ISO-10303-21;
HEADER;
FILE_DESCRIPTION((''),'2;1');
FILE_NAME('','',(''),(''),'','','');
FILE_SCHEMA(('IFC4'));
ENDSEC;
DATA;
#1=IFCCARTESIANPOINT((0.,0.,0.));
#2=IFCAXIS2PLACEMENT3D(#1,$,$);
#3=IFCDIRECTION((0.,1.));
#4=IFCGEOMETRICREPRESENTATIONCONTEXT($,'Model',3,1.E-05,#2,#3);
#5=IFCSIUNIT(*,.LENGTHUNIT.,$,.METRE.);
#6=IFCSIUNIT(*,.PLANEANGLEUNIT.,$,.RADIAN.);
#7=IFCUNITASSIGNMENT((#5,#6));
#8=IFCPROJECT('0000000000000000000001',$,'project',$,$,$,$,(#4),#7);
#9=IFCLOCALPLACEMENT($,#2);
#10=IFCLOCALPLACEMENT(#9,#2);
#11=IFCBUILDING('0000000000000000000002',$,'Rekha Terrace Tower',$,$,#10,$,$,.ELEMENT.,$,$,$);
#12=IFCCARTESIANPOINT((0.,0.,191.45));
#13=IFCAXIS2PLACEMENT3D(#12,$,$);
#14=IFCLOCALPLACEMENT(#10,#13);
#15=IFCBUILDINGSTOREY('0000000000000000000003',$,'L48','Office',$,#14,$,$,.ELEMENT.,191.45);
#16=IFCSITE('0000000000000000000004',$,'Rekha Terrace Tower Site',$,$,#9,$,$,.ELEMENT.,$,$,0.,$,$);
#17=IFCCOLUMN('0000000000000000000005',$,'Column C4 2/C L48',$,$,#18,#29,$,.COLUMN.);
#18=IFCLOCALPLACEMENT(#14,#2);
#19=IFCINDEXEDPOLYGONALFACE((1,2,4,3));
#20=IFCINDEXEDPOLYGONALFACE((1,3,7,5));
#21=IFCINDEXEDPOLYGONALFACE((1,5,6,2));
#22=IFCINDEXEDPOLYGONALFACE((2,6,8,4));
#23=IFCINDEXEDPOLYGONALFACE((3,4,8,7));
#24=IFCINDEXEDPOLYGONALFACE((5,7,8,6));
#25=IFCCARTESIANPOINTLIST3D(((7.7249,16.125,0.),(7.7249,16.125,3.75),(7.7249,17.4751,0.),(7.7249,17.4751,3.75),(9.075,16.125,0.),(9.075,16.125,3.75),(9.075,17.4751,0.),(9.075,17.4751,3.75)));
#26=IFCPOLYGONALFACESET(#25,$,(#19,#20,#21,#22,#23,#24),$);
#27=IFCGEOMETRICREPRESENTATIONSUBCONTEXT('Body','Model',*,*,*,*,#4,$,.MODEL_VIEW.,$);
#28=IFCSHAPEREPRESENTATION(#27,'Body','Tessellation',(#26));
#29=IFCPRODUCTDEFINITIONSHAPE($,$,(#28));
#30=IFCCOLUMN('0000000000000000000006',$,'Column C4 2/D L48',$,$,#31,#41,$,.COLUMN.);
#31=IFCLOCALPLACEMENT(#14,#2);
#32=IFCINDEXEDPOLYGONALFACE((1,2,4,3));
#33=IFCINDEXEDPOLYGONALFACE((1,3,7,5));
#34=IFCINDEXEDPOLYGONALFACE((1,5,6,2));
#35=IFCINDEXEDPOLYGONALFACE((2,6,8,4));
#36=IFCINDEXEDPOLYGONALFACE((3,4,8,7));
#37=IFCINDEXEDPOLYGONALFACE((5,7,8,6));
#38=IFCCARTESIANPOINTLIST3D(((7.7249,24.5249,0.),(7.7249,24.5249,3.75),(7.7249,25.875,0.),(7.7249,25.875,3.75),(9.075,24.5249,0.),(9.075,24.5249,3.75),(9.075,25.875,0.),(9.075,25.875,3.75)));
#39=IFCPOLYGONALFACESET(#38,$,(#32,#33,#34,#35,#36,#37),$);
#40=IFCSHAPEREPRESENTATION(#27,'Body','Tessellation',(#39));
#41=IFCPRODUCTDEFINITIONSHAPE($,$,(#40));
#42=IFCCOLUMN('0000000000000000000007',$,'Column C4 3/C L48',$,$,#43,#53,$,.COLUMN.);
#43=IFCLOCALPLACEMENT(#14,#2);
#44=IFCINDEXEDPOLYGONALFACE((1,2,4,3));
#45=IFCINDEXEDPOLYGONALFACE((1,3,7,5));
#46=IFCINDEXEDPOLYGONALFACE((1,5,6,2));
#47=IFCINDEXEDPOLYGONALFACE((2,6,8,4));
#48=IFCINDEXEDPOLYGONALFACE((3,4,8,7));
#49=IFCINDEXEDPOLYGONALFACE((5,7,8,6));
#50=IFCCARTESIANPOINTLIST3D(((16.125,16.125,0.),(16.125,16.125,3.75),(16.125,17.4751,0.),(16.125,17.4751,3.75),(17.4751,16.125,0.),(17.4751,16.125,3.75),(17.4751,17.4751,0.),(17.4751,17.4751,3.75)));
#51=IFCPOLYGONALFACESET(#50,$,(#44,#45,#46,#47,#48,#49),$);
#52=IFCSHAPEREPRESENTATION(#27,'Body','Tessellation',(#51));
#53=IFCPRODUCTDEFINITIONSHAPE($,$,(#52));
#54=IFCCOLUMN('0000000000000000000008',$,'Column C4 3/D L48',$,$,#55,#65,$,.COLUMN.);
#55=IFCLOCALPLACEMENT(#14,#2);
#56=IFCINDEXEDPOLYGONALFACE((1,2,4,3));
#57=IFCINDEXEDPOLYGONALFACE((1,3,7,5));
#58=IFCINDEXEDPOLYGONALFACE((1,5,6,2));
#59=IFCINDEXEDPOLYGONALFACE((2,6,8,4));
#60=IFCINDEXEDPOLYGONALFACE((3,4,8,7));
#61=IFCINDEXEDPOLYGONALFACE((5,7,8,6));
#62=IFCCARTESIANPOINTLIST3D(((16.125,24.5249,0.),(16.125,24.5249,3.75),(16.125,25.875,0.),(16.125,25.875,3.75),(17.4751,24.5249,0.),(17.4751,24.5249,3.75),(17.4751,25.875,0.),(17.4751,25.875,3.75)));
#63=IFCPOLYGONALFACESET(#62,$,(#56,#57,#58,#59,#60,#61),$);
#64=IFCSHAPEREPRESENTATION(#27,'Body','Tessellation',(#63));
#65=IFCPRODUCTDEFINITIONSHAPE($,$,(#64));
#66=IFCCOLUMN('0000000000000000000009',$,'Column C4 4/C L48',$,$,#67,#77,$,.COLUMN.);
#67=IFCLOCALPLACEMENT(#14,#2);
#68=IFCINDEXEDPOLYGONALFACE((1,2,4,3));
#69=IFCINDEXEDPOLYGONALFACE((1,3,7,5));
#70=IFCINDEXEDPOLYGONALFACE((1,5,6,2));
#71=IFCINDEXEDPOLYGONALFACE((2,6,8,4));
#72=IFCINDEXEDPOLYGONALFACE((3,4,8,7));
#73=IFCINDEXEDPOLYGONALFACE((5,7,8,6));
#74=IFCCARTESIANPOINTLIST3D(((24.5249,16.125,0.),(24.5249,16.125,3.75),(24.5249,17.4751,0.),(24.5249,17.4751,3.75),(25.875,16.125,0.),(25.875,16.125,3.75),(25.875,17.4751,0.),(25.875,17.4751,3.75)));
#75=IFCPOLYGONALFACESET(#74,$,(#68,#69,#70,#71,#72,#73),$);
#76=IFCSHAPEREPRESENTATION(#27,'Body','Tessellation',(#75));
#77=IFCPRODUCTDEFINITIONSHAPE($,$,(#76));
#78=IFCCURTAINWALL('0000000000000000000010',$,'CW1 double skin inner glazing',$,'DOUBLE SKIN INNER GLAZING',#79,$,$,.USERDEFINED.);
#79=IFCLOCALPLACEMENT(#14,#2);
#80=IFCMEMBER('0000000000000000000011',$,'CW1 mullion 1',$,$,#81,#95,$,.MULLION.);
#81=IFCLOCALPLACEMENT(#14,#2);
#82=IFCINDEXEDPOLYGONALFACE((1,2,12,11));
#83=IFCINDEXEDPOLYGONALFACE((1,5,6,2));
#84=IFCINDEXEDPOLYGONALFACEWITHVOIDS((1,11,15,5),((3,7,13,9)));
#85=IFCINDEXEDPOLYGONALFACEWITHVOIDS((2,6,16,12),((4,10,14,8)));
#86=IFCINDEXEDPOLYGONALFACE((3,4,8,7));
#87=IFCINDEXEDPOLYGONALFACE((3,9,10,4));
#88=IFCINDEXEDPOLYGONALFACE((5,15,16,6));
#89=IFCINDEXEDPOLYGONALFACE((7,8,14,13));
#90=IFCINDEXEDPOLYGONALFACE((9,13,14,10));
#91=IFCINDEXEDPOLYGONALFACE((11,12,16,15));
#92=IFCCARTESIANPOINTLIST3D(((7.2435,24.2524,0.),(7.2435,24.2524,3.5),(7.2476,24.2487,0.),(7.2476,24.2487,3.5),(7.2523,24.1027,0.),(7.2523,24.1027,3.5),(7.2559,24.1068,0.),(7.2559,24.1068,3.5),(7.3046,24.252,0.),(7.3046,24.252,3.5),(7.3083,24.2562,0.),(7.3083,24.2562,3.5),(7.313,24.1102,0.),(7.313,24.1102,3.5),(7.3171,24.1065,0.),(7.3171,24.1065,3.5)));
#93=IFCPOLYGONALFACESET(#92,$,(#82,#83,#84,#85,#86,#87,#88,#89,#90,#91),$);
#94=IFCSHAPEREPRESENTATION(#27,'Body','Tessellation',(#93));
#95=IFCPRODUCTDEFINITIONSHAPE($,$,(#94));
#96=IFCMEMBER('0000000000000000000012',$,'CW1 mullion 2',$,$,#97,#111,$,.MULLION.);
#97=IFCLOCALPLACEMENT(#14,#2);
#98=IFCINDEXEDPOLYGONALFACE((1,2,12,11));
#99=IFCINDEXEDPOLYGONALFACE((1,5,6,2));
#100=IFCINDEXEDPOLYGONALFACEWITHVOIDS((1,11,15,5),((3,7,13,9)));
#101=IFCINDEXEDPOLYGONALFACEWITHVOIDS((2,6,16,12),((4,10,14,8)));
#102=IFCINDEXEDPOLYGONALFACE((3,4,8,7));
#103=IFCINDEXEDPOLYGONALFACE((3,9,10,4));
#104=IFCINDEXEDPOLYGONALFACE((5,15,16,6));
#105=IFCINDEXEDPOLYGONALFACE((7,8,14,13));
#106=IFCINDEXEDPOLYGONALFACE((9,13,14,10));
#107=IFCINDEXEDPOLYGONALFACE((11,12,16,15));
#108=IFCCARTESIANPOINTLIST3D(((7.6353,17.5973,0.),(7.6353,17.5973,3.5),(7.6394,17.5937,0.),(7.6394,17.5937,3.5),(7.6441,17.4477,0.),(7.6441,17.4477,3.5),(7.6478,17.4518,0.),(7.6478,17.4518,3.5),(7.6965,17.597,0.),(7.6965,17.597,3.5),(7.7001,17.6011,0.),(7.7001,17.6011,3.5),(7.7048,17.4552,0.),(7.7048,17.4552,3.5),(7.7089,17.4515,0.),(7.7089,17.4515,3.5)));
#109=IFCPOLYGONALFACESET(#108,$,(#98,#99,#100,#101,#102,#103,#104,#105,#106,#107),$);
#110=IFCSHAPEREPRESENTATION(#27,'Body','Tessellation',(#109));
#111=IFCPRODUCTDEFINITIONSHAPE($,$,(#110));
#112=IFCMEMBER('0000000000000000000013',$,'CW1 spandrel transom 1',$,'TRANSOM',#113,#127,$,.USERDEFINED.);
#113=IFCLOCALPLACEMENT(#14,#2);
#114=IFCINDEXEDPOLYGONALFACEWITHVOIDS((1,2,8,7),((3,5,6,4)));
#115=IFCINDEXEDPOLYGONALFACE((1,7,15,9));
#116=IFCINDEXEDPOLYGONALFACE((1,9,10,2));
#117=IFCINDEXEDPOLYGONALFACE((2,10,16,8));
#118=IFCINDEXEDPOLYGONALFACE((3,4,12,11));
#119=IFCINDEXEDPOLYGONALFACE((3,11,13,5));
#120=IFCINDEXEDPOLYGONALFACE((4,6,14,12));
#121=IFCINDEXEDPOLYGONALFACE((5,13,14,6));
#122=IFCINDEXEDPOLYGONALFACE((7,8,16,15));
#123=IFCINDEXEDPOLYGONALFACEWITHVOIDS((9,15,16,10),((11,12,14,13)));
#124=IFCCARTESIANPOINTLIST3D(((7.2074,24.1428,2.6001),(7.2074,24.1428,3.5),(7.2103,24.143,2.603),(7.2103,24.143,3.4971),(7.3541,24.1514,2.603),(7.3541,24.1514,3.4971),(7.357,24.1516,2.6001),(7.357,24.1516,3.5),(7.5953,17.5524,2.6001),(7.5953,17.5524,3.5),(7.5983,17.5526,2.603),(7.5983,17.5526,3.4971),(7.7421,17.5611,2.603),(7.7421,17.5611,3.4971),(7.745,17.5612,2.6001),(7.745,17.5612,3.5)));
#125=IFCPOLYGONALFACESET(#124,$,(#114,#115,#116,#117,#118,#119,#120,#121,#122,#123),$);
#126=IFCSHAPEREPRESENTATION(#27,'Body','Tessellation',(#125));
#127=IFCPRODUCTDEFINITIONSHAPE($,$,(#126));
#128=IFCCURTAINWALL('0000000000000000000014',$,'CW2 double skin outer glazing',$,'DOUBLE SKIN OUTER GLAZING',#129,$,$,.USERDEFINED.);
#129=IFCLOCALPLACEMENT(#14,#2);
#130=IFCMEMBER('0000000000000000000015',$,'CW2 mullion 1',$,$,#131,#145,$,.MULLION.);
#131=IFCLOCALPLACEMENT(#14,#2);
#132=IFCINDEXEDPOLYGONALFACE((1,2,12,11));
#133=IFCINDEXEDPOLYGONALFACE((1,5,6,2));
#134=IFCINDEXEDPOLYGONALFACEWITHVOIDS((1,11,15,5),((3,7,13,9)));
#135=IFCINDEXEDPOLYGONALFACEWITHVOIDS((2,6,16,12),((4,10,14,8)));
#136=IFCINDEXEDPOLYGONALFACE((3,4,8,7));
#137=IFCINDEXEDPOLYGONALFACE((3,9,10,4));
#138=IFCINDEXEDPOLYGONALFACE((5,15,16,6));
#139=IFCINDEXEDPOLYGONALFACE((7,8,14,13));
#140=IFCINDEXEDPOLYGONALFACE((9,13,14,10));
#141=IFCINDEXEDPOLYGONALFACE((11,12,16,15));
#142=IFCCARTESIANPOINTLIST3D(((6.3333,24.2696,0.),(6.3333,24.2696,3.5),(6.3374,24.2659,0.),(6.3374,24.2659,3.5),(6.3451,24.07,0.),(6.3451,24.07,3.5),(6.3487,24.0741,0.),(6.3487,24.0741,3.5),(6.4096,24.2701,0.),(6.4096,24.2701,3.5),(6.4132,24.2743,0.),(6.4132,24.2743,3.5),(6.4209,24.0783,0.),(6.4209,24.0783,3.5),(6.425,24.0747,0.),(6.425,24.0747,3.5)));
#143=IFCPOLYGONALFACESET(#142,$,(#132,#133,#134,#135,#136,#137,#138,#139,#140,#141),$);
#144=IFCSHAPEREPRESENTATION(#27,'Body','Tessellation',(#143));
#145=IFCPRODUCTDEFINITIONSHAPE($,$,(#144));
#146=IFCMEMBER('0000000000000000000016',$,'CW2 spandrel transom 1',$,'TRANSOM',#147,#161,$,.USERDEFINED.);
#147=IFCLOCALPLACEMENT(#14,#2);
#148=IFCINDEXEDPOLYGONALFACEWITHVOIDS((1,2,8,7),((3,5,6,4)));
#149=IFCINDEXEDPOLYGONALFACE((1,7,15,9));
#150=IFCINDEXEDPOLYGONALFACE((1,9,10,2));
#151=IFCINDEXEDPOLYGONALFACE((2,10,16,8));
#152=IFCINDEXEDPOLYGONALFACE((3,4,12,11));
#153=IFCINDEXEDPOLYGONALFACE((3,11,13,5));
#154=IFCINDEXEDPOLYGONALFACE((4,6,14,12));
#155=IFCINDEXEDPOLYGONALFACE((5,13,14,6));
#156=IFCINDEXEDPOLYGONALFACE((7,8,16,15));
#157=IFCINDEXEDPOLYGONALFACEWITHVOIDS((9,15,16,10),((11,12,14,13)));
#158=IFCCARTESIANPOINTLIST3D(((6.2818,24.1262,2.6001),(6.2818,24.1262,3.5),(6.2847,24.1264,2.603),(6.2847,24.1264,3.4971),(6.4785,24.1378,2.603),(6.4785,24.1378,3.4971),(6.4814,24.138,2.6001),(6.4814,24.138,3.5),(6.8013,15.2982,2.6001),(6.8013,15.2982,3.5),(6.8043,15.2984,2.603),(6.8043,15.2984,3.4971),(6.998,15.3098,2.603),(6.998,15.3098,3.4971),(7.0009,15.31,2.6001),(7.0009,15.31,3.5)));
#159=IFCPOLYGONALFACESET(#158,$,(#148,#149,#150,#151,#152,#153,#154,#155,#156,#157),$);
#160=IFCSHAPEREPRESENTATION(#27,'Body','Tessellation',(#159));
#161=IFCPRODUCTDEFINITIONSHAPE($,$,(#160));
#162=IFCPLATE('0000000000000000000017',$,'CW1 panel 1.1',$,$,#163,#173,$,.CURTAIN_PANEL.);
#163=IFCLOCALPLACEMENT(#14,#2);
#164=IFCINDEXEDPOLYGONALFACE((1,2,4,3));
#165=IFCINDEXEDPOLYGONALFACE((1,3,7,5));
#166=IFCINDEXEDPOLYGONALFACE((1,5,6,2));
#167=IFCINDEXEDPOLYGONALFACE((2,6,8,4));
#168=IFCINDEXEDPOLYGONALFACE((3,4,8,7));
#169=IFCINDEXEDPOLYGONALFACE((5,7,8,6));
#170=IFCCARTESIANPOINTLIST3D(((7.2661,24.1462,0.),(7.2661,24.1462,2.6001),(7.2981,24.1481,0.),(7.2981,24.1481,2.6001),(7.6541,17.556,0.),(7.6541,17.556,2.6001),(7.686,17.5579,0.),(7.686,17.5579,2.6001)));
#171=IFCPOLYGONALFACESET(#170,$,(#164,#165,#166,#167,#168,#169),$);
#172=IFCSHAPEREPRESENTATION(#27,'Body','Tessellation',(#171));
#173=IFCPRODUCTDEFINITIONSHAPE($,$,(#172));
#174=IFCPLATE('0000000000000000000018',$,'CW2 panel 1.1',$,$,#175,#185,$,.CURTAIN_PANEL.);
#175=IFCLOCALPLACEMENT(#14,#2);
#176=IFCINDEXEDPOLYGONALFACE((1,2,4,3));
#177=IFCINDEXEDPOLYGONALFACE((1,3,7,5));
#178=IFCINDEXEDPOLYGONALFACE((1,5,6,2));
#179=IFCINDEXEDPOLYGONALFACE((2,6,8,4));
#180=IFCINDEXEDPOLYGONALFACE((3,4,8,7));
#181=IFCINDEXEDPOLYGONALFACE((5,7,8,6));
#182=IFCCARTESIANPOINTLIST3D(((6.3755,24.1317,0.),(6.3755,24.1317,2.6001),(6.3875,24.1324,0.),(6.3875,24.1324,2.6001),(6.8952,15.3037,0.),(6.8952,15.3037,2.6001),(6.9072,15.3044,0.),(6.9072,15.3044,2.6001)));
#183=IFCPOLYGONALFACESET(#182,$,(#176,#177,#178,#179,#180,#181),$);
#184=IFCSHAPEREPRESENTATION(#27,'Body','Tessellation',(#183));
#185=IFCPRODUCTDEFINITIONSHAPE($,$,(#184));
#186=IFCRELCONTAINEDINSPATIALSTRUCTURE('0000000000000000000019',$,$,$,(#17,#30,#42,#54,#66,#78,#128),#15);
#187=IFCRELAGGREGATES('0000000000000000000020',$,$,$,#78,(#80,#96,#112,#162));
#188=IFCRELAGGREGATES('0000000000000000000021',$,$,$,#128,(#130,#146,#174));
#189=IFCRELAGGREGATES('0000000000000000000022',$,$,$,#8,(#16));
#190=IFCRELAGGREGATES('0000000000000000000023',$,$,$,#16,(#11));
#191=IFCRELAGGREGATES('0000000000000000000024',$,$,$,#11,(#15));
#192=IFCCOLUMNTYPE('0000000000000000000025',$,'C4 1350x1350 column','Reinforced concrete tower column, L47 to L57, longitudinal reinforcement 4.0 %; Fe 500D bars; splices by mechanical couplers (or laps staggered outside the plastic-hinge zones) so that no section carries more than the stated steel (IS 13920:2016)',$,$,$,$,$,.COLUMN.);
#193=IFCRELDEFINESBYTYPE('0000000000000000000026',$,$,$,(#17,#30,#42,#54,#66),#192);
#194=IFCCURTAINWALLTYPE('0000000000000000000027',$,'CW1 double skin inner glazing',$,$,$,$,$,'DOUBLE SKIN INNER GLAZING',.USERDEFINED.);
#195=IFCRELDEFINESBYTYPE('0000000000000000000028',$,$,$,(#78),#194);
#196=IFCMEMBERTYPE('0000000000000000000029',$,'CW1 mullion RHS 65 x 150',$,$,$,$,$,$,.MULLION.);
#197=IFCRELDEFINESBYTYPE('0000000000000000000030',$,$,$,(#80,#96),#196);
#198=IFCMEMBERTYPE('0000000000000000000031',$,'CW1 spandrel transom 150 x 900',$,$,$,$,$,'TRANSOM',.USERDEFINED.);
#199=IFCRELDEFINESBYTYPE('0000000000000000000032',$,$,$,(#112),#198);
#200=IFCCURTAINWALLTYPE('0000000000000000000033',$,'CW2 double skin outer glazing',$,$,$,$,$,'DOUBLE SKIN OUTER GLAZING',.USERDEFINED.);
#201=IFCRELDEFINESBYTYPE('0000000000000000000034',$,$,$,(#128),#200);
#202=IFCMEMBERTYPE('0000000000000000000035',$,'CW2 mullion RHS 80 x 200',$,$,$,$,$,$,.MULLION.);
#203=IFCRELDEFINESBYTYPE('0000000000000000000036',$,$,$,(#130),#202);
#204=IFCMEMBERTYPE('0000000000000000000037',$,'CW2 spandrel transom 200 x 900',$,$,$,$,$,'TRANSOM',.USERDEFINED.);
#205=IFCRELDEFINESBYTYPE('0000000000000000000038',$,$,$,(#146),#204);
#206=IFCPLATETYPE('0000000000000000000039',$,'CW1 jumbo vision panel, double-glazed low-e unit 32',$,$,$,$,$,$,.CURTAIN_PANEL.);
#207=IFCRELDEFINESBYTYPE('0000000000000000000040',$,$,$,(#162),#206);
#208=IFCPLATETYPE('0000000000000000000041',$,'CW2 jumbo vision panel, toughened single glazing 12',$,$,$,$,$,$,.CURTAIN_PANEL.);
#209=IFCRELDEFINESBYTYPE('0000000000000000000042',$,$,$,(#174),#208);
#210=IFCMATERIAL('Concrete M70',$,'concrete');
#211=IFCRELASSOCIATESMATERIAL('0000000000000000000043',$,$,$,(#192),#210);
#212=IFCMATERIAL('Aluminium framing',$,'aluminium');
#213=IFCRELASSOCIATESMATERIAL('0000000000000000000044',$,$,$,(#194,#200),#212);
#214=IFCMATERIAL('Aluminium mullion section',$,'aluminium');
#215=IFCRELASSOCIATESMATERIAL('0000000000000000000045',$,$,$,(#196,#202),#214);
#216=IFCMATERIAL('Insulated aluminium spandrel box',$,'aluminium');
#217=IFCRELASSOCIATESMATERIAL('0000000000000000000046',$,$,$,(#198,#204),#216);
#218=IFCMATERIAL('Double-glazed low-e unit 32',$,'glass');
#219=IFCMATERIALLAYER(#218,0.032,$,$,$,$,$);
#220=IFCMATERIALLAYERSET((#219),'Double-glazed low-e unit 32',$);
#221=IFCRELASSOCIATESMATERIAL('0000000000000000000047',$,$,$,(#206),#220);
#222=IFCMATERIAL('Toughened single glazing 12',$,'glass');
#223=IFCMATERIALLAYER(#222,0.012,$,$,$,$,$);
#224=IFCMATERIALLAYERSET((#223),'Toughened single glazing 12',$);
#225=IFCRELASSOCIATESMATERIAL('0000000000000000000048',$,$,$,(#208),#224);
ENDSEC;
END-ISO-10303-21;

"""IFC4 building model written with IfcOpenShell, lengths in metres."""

from ifc_helpers import new_model, si_unit, direction, frame, origin, origin_2d, place, context, subcontext, project, spatial, rectangle, hollow_rectangle, extrude, material, layer, layer_set, material_profile, profile_set, type_object, element, aggregate, save


model = new_model("IFC4")

# Units and contexts
model_context = context("Model", 3, precision=1e-05, world=origin(), true_north=direction((0.0, 1.0)))
body_context = subcontext(model_context, "Body", "Model", "MODEL_VIEW")
ifc_project = project(units=[si_unit("LENGTHUNIT", "METRE"), si_unit("PLANEANGLEUNIT", "RADIAN")], contexts=[model_context])

# Site, building, storey
site_placement = place(None, origin())
site = spatial("IfcSite", under=ifc_project, at=site_placement, Name="Rekha Terrace Tower Site", CompositionType="ELEMENT", RefElevation=0.0)
building_placement = place(site_placement, origin())
building = spatial("IfcBuilding", under=site, at=building_placement, Name="Rekha Terrace Tower", CompositionType="ELEMENT")
storey_placement = place(building_placement, frame((0.0, 0.0, 191.45)))
storey = spatial("IfcBuildingStorey", under=building, at=storey_placement, Name="L48", Description="Office", CompositionType="ELEMENT", Elevation=191.45)

# Columns
ifc_material_1 = material(Name="Concrete M70", Category="concrete")
ifc_material_profile_1 = material_profile(ifc_material_1, rectangle(XDim=1.3501, YDim=1.3501, at=origin_2d()), Name="RC 1350x1350")
ifc_profile_set_1 = profile_set([ifc_material_profile_1], Name="Concrete M70")
column_type = type_object("IfcColumnType", Name="C4 1350x1350 column", Description="Reinforced concrete tower column, L47 to L57, longitudinal reinforcement 4.0 %; Fe 500D bars; splices by mechanical couplers (or laps staggered outside the plastic-hinge zones) so that no section carries more than the stated steel (IS 13920:2016)", PredefinedType="COLUMN", material=ifc_profile_set_1)
for number, where, z_axis, x_axis, name in (
    (1, (8.3999, 16.8, 0.0), (0.0, 0.0, 1.0), (1.0, 0.0, 0.0), "Column C4 2/C L48"),
    (2, (8.3999, 25.2, 0.0), (0.0, 0.0, 1.0), (1.0, 0.0, 0.0), "Column C4 2/D L48"),
    (3, (16.8, 16.8, 0.0), (0.0, 0.0, 1.0), (1.0, 0.0, 0.0), "Column C4 3/C L48"),
    (4, (16.8, 25.2, 0.0), (0.0, 0.0, 1.0), (1.0, 0.0, 0.0), "Column C4 3/D L48"),
    (5, (25.2, 16.8, 0.0), (0.0, 0.0, 1.0), (1.0, 0.0, 0.0), "Column C4 4/C L48"),
):
    element("IfcColumn", number, at=place(storey_placement, frame(where, z_axis=z_axis, x_axis=x_axis)), inside=storey, type_object=column_type, Name=name, PredefinedType="COLUMN", context=body_context, shape_type="SweptSolid", body=[
        extrude(rectangle(XDim=1.3501, YDim=1.3501, at=origin_2d()), origin(), (0.0, 0.0, 1.0), 3.75),
    ])

# Curtain walls, members
ifc_material_2 = material(Name="Aluminium framing", Category="aluminium")
curtain_wall_type_1 = type_object("IfcCurtainWallType", Name="CW1 double skin inner glazing", ElementType="DOUBLE SKIN INNER GLAZING", PredefinedType="USERDEFINED", material=ifc_material_2)
curtain_wall_1_placement = place(storey_placement, origin())
curtain_wall_1 = element("IfcCurtainWall", 6, at=curtain_wall_1_placement, inside=storey, type_object=curtain_wall_type_1, Name="CW1 double skin inner glazing", ObjectType="DOUBLE SKIN INNER GLAZING", PredefinedType="USERDEFINED")
ifc_material_3 = material(Name="Aluminium mullion section", Category="aluminium")
ifc_material_profile_2 = material_profile(ifc_material_3, hollow_rectangle(XDim=0.0649, YDim=0.1499, WallThickness=0.0039, at=origin_2d()), Name="AL RHS 65x150")
ifc_profile_set_2 = profile_set([ifc_material_profile_2], Name="Aluminium mullion section")
member_type_1 = type_object("IfcMemberType", Name="CW1 mullion RHS 65 x 150", PredefinedType="MULLION", material=ifc_profile_set_2)
member_1_placement = place(storey_placement, frame((7.2803, 24.1794, 0.0), z_axis=(0.0, 0.0, 1.0), x_axis=(0.998272, 0.058765, 0.0)))
member_1 = element("IfcMember", 7, at=member_1_placement, type_object=member_type_1, Name="CW1 mullion 1", PredefinedType="MULLION", context=body_context, shape_type="SweptSolid", body=[
    extrude(hollow_rectangle(XDim=0.0649, YDim=0.1499, WallThickness=0.0039, at=origin_2d()), origin(), (0.0, 0.0, 1.0), 3.5),
])
member_2_placement = place(storey_placement, frame((7.6721, 17.5244, 0.0), z_axis=(0.0, 0.0, 1.0), x_axis=(0.998272, 0.058765, 0.0)))
member_2 = element("IfcMember", 8, at=member_2_placement, type_object=member_type_1, Name="CW1 mullion 2", PredefinedType="MULLION", context=body_context, shape_type="SweptSolid", body=[
    extrude(hollow_rectangle(XDim=0.0649, YDim=0.1499, WallThickness=0.0039, at=origin_2d()), origin(), (0.0, 0.0, 1.0), 3.5),
])
ifc_material_4 = material(Name="Insulated aluminium spandrel box", Category="aluminium")
ifc_material_profile_3 = material_profile(ifc_material_4, hollow_rectangle(XDim=0.1499, YDim=0.8999, WallThickness=0.0029, at=origin_2d()), Name="AL SPANDREL BOX 150x900")
ifc_profile_set_3 = profile_set([ifc_material_profile_3], Name="Insulated aluminium spandrel box")
member_type_2 = type_object("IfcMemberType", Name="CW1 spandrel transom 150 x 900", ElementType="TRANSOM", PredefinedType="USERDEFINED", material=ifc_profile_set_3)
member_3_placement = place(storey_placement, frame((7.2822, 24.1472, 3.05), z_axis=(0.058763, -0.998272, 0.0), x_axis=(0.998272, 0.058763, 0.0)))
member_3 = element("IfcMember", 9, at=member_3_placement, type_object=member_type_2, Name="CW1 spandrel transom 1", ObjectType="TRANSOM", PredefinedType="USERDEFINED", context=body_context, shape_type="SweptSolid", body=[
    extrude(hollow_rectangle(XDim=0.1499, YDim=0.8999, WallThickness=0.0029, at=origin_2d()), origin(), (0.0, 0.0, 1.0), 6.6018),
])
curtain_wall_type_2 = type_object("IfcCurtainWallType", Name="CW2 double skin outer glazing", ElementType="DOUBLE SKIN OUTER GLAZING", PredefinedType="USERDEFINED", material=ifc_material_2)
curtain_wall_2_placement = place(storey_placement, origin())
curtain_wall_2 = element("IfcCurtainWall", 10, at=curtain_wall_2_placement, inside=storey, type_object=curtain_wall_type_2, Name="CW2 double skin outer glazing", ObjectType="DOUBLE SKIN OUTER GLAZING", PredefinedType="USERDEFINED")
ifc_material_profile_4 = material_profile(ifc_material_3, hollow_rectangle(XDim=0.0801, YDim=0.2, WallThickness=0.0039, at=origin_2d()), Name="AL RHS 80x200")
ifc_profile_set_4 = profile_set([ifc_material_profile_4], Name="Aluminium mullion section")
member_type_3 = type_object("IfcMemberType", Name="CW2 mullion RHS 80 x 200", PredefinedType="MULLION", material=ifc_profile_set_4)
member_4_placement = place(storey_placement, frame((6.3792, 24.1721, 0.0), z_axis=(0.0, 0.0, 1.0), x_axis=(0.998272, 0.058765, 0.0)))
member_4 = element("IfcMember", 11, at=member_4_placement, type_object=member_type_3, Name="CW2 mullion 1", PredefinedType="MULLION", context=body_context, shape_type="SweptSolid", body=[
    extrude(hollow_rectangle(XDim=0.0801, YDim=0.2, WallThickness=0.0039, at=origin_2d()), origin(), (0.0, 0.0, 1.0), 3.5),
])
ifc_material_profile_5 = material_profile(ifc_material_4, hollow_rectangle(XDim=0.2, YDim=0.8999, WallThickness=0.0029, at=origin_2d()), Name="AL SPANDREL BOX 200x900")
ifc_profile_set_5 = profile_set([ifc_material_profile_5], Name="Insulated aluminium spandrel box")
member_type_4 = type_object("IfcMemberType", Name="CW2 spandrel transom 200 x 900", ElementType="TRANSOM", PredefinedType="USERDEFINED", material=ifc_profile_set_5)
member_5_placement = place(storey_placement, frame((6.3816, 24.1321, 3.05), z_axis=(0.05875, -0.998273, 0.0), x_axis=(0.998273, 0.05875, 0.0)))
member_5 = element("IfcMember", 12, at=member_5_placement, type_object=member_type_4, Name="CW2 spandrel transom 1", ObjectType="TRANSOM", PredefinedType="USERDEFINED", context=body_context, shape_type="SweptSolid", body=[
    extrude(hollow_rectangle(XDim=0.2, YDim=0.8999, WallThickness=0.0029, at=origin_2d()), origin(), (0.0, 0.0, 1.0), 8.8433),
])

# Plates
ifc_material_5 = material(Name="Double-glazed low-e unit 32", Category="glass")
ifc_layer_1 = layer(ifc_material_5, 0.032)
ifc_layer_set_1 = layer_set([ifc_layer_1], Name="Double-glazed low-e unit 32")
plate_type_1 = type_object("IfcPlateType", Name="CW1 jumbo vision panel, double-glazed low-e unit 32", PredefinedType="CURTAIN_PANEL", material=ifc_layer_set_1)
plate_1_placement = place(storey_placement, frame((7.4761, 20.8521, 0.0), z_axis=(0.0, 0.0, 1.0), x_axis=(0.058765, -0.998272, 0.0)))
plate_1 = element("IfcPlate", 13, at=plate_1_placement, type_object=plate_type_1, Name="CW1 panel 1.1", PredefinedType="CURTAIN_PANEL", context=body_context, shape_type="SweptSolid", body=[
    extrude(rectangle(XDim=6.6016, YDim=0.032, at=origin_2d()), origin(), (0.0, 0.0, 1.0), 2.6001),
])
aggregate(curtain_wall_1, [member_1, member_2, member_3, plate_1])
ifc_material_6 = material(Name="Toughened single glazing 12", Category="glass")
ifc_layer_2 = layer(ifc_material_6, 0.012)
ifc_layer_set_2 = layer_set([ifc_layer_2], Name="Toughened single glazing 12")
plate_type_2 = type_object("IfcPlateType", Name="CW2 jumbo vision panel, toughened single glazing 12", PredefinedType="CURTAIN_PANEL", material=ifc_layer_set_2)
plate_2_placement = place(storey_placement, frame((6.6414, 19.718, 0.0), z_axis=(0.0, 0.0, 1.0), x_axis=(0.058765, -0.998272, 0.0)))
plate_2 = element("IfcPlate", 14, at=plate_2_placement, type_object=plate_type_2, Name="CW2 panel 1.1", PredefinedType="CURTAIN_PANEL", context=body_context, shape_type="SweptSolid", body=[
    extrude(rectangle(XDim=8.8433, YDim=0.012, at=origin_2d()), origin(), (0.0, 0.0, 1.0), 2.6001),
])
aggregate(curtain_wall_2, [member_4, member_5, plate_2])

save(model, "model.ifc")
